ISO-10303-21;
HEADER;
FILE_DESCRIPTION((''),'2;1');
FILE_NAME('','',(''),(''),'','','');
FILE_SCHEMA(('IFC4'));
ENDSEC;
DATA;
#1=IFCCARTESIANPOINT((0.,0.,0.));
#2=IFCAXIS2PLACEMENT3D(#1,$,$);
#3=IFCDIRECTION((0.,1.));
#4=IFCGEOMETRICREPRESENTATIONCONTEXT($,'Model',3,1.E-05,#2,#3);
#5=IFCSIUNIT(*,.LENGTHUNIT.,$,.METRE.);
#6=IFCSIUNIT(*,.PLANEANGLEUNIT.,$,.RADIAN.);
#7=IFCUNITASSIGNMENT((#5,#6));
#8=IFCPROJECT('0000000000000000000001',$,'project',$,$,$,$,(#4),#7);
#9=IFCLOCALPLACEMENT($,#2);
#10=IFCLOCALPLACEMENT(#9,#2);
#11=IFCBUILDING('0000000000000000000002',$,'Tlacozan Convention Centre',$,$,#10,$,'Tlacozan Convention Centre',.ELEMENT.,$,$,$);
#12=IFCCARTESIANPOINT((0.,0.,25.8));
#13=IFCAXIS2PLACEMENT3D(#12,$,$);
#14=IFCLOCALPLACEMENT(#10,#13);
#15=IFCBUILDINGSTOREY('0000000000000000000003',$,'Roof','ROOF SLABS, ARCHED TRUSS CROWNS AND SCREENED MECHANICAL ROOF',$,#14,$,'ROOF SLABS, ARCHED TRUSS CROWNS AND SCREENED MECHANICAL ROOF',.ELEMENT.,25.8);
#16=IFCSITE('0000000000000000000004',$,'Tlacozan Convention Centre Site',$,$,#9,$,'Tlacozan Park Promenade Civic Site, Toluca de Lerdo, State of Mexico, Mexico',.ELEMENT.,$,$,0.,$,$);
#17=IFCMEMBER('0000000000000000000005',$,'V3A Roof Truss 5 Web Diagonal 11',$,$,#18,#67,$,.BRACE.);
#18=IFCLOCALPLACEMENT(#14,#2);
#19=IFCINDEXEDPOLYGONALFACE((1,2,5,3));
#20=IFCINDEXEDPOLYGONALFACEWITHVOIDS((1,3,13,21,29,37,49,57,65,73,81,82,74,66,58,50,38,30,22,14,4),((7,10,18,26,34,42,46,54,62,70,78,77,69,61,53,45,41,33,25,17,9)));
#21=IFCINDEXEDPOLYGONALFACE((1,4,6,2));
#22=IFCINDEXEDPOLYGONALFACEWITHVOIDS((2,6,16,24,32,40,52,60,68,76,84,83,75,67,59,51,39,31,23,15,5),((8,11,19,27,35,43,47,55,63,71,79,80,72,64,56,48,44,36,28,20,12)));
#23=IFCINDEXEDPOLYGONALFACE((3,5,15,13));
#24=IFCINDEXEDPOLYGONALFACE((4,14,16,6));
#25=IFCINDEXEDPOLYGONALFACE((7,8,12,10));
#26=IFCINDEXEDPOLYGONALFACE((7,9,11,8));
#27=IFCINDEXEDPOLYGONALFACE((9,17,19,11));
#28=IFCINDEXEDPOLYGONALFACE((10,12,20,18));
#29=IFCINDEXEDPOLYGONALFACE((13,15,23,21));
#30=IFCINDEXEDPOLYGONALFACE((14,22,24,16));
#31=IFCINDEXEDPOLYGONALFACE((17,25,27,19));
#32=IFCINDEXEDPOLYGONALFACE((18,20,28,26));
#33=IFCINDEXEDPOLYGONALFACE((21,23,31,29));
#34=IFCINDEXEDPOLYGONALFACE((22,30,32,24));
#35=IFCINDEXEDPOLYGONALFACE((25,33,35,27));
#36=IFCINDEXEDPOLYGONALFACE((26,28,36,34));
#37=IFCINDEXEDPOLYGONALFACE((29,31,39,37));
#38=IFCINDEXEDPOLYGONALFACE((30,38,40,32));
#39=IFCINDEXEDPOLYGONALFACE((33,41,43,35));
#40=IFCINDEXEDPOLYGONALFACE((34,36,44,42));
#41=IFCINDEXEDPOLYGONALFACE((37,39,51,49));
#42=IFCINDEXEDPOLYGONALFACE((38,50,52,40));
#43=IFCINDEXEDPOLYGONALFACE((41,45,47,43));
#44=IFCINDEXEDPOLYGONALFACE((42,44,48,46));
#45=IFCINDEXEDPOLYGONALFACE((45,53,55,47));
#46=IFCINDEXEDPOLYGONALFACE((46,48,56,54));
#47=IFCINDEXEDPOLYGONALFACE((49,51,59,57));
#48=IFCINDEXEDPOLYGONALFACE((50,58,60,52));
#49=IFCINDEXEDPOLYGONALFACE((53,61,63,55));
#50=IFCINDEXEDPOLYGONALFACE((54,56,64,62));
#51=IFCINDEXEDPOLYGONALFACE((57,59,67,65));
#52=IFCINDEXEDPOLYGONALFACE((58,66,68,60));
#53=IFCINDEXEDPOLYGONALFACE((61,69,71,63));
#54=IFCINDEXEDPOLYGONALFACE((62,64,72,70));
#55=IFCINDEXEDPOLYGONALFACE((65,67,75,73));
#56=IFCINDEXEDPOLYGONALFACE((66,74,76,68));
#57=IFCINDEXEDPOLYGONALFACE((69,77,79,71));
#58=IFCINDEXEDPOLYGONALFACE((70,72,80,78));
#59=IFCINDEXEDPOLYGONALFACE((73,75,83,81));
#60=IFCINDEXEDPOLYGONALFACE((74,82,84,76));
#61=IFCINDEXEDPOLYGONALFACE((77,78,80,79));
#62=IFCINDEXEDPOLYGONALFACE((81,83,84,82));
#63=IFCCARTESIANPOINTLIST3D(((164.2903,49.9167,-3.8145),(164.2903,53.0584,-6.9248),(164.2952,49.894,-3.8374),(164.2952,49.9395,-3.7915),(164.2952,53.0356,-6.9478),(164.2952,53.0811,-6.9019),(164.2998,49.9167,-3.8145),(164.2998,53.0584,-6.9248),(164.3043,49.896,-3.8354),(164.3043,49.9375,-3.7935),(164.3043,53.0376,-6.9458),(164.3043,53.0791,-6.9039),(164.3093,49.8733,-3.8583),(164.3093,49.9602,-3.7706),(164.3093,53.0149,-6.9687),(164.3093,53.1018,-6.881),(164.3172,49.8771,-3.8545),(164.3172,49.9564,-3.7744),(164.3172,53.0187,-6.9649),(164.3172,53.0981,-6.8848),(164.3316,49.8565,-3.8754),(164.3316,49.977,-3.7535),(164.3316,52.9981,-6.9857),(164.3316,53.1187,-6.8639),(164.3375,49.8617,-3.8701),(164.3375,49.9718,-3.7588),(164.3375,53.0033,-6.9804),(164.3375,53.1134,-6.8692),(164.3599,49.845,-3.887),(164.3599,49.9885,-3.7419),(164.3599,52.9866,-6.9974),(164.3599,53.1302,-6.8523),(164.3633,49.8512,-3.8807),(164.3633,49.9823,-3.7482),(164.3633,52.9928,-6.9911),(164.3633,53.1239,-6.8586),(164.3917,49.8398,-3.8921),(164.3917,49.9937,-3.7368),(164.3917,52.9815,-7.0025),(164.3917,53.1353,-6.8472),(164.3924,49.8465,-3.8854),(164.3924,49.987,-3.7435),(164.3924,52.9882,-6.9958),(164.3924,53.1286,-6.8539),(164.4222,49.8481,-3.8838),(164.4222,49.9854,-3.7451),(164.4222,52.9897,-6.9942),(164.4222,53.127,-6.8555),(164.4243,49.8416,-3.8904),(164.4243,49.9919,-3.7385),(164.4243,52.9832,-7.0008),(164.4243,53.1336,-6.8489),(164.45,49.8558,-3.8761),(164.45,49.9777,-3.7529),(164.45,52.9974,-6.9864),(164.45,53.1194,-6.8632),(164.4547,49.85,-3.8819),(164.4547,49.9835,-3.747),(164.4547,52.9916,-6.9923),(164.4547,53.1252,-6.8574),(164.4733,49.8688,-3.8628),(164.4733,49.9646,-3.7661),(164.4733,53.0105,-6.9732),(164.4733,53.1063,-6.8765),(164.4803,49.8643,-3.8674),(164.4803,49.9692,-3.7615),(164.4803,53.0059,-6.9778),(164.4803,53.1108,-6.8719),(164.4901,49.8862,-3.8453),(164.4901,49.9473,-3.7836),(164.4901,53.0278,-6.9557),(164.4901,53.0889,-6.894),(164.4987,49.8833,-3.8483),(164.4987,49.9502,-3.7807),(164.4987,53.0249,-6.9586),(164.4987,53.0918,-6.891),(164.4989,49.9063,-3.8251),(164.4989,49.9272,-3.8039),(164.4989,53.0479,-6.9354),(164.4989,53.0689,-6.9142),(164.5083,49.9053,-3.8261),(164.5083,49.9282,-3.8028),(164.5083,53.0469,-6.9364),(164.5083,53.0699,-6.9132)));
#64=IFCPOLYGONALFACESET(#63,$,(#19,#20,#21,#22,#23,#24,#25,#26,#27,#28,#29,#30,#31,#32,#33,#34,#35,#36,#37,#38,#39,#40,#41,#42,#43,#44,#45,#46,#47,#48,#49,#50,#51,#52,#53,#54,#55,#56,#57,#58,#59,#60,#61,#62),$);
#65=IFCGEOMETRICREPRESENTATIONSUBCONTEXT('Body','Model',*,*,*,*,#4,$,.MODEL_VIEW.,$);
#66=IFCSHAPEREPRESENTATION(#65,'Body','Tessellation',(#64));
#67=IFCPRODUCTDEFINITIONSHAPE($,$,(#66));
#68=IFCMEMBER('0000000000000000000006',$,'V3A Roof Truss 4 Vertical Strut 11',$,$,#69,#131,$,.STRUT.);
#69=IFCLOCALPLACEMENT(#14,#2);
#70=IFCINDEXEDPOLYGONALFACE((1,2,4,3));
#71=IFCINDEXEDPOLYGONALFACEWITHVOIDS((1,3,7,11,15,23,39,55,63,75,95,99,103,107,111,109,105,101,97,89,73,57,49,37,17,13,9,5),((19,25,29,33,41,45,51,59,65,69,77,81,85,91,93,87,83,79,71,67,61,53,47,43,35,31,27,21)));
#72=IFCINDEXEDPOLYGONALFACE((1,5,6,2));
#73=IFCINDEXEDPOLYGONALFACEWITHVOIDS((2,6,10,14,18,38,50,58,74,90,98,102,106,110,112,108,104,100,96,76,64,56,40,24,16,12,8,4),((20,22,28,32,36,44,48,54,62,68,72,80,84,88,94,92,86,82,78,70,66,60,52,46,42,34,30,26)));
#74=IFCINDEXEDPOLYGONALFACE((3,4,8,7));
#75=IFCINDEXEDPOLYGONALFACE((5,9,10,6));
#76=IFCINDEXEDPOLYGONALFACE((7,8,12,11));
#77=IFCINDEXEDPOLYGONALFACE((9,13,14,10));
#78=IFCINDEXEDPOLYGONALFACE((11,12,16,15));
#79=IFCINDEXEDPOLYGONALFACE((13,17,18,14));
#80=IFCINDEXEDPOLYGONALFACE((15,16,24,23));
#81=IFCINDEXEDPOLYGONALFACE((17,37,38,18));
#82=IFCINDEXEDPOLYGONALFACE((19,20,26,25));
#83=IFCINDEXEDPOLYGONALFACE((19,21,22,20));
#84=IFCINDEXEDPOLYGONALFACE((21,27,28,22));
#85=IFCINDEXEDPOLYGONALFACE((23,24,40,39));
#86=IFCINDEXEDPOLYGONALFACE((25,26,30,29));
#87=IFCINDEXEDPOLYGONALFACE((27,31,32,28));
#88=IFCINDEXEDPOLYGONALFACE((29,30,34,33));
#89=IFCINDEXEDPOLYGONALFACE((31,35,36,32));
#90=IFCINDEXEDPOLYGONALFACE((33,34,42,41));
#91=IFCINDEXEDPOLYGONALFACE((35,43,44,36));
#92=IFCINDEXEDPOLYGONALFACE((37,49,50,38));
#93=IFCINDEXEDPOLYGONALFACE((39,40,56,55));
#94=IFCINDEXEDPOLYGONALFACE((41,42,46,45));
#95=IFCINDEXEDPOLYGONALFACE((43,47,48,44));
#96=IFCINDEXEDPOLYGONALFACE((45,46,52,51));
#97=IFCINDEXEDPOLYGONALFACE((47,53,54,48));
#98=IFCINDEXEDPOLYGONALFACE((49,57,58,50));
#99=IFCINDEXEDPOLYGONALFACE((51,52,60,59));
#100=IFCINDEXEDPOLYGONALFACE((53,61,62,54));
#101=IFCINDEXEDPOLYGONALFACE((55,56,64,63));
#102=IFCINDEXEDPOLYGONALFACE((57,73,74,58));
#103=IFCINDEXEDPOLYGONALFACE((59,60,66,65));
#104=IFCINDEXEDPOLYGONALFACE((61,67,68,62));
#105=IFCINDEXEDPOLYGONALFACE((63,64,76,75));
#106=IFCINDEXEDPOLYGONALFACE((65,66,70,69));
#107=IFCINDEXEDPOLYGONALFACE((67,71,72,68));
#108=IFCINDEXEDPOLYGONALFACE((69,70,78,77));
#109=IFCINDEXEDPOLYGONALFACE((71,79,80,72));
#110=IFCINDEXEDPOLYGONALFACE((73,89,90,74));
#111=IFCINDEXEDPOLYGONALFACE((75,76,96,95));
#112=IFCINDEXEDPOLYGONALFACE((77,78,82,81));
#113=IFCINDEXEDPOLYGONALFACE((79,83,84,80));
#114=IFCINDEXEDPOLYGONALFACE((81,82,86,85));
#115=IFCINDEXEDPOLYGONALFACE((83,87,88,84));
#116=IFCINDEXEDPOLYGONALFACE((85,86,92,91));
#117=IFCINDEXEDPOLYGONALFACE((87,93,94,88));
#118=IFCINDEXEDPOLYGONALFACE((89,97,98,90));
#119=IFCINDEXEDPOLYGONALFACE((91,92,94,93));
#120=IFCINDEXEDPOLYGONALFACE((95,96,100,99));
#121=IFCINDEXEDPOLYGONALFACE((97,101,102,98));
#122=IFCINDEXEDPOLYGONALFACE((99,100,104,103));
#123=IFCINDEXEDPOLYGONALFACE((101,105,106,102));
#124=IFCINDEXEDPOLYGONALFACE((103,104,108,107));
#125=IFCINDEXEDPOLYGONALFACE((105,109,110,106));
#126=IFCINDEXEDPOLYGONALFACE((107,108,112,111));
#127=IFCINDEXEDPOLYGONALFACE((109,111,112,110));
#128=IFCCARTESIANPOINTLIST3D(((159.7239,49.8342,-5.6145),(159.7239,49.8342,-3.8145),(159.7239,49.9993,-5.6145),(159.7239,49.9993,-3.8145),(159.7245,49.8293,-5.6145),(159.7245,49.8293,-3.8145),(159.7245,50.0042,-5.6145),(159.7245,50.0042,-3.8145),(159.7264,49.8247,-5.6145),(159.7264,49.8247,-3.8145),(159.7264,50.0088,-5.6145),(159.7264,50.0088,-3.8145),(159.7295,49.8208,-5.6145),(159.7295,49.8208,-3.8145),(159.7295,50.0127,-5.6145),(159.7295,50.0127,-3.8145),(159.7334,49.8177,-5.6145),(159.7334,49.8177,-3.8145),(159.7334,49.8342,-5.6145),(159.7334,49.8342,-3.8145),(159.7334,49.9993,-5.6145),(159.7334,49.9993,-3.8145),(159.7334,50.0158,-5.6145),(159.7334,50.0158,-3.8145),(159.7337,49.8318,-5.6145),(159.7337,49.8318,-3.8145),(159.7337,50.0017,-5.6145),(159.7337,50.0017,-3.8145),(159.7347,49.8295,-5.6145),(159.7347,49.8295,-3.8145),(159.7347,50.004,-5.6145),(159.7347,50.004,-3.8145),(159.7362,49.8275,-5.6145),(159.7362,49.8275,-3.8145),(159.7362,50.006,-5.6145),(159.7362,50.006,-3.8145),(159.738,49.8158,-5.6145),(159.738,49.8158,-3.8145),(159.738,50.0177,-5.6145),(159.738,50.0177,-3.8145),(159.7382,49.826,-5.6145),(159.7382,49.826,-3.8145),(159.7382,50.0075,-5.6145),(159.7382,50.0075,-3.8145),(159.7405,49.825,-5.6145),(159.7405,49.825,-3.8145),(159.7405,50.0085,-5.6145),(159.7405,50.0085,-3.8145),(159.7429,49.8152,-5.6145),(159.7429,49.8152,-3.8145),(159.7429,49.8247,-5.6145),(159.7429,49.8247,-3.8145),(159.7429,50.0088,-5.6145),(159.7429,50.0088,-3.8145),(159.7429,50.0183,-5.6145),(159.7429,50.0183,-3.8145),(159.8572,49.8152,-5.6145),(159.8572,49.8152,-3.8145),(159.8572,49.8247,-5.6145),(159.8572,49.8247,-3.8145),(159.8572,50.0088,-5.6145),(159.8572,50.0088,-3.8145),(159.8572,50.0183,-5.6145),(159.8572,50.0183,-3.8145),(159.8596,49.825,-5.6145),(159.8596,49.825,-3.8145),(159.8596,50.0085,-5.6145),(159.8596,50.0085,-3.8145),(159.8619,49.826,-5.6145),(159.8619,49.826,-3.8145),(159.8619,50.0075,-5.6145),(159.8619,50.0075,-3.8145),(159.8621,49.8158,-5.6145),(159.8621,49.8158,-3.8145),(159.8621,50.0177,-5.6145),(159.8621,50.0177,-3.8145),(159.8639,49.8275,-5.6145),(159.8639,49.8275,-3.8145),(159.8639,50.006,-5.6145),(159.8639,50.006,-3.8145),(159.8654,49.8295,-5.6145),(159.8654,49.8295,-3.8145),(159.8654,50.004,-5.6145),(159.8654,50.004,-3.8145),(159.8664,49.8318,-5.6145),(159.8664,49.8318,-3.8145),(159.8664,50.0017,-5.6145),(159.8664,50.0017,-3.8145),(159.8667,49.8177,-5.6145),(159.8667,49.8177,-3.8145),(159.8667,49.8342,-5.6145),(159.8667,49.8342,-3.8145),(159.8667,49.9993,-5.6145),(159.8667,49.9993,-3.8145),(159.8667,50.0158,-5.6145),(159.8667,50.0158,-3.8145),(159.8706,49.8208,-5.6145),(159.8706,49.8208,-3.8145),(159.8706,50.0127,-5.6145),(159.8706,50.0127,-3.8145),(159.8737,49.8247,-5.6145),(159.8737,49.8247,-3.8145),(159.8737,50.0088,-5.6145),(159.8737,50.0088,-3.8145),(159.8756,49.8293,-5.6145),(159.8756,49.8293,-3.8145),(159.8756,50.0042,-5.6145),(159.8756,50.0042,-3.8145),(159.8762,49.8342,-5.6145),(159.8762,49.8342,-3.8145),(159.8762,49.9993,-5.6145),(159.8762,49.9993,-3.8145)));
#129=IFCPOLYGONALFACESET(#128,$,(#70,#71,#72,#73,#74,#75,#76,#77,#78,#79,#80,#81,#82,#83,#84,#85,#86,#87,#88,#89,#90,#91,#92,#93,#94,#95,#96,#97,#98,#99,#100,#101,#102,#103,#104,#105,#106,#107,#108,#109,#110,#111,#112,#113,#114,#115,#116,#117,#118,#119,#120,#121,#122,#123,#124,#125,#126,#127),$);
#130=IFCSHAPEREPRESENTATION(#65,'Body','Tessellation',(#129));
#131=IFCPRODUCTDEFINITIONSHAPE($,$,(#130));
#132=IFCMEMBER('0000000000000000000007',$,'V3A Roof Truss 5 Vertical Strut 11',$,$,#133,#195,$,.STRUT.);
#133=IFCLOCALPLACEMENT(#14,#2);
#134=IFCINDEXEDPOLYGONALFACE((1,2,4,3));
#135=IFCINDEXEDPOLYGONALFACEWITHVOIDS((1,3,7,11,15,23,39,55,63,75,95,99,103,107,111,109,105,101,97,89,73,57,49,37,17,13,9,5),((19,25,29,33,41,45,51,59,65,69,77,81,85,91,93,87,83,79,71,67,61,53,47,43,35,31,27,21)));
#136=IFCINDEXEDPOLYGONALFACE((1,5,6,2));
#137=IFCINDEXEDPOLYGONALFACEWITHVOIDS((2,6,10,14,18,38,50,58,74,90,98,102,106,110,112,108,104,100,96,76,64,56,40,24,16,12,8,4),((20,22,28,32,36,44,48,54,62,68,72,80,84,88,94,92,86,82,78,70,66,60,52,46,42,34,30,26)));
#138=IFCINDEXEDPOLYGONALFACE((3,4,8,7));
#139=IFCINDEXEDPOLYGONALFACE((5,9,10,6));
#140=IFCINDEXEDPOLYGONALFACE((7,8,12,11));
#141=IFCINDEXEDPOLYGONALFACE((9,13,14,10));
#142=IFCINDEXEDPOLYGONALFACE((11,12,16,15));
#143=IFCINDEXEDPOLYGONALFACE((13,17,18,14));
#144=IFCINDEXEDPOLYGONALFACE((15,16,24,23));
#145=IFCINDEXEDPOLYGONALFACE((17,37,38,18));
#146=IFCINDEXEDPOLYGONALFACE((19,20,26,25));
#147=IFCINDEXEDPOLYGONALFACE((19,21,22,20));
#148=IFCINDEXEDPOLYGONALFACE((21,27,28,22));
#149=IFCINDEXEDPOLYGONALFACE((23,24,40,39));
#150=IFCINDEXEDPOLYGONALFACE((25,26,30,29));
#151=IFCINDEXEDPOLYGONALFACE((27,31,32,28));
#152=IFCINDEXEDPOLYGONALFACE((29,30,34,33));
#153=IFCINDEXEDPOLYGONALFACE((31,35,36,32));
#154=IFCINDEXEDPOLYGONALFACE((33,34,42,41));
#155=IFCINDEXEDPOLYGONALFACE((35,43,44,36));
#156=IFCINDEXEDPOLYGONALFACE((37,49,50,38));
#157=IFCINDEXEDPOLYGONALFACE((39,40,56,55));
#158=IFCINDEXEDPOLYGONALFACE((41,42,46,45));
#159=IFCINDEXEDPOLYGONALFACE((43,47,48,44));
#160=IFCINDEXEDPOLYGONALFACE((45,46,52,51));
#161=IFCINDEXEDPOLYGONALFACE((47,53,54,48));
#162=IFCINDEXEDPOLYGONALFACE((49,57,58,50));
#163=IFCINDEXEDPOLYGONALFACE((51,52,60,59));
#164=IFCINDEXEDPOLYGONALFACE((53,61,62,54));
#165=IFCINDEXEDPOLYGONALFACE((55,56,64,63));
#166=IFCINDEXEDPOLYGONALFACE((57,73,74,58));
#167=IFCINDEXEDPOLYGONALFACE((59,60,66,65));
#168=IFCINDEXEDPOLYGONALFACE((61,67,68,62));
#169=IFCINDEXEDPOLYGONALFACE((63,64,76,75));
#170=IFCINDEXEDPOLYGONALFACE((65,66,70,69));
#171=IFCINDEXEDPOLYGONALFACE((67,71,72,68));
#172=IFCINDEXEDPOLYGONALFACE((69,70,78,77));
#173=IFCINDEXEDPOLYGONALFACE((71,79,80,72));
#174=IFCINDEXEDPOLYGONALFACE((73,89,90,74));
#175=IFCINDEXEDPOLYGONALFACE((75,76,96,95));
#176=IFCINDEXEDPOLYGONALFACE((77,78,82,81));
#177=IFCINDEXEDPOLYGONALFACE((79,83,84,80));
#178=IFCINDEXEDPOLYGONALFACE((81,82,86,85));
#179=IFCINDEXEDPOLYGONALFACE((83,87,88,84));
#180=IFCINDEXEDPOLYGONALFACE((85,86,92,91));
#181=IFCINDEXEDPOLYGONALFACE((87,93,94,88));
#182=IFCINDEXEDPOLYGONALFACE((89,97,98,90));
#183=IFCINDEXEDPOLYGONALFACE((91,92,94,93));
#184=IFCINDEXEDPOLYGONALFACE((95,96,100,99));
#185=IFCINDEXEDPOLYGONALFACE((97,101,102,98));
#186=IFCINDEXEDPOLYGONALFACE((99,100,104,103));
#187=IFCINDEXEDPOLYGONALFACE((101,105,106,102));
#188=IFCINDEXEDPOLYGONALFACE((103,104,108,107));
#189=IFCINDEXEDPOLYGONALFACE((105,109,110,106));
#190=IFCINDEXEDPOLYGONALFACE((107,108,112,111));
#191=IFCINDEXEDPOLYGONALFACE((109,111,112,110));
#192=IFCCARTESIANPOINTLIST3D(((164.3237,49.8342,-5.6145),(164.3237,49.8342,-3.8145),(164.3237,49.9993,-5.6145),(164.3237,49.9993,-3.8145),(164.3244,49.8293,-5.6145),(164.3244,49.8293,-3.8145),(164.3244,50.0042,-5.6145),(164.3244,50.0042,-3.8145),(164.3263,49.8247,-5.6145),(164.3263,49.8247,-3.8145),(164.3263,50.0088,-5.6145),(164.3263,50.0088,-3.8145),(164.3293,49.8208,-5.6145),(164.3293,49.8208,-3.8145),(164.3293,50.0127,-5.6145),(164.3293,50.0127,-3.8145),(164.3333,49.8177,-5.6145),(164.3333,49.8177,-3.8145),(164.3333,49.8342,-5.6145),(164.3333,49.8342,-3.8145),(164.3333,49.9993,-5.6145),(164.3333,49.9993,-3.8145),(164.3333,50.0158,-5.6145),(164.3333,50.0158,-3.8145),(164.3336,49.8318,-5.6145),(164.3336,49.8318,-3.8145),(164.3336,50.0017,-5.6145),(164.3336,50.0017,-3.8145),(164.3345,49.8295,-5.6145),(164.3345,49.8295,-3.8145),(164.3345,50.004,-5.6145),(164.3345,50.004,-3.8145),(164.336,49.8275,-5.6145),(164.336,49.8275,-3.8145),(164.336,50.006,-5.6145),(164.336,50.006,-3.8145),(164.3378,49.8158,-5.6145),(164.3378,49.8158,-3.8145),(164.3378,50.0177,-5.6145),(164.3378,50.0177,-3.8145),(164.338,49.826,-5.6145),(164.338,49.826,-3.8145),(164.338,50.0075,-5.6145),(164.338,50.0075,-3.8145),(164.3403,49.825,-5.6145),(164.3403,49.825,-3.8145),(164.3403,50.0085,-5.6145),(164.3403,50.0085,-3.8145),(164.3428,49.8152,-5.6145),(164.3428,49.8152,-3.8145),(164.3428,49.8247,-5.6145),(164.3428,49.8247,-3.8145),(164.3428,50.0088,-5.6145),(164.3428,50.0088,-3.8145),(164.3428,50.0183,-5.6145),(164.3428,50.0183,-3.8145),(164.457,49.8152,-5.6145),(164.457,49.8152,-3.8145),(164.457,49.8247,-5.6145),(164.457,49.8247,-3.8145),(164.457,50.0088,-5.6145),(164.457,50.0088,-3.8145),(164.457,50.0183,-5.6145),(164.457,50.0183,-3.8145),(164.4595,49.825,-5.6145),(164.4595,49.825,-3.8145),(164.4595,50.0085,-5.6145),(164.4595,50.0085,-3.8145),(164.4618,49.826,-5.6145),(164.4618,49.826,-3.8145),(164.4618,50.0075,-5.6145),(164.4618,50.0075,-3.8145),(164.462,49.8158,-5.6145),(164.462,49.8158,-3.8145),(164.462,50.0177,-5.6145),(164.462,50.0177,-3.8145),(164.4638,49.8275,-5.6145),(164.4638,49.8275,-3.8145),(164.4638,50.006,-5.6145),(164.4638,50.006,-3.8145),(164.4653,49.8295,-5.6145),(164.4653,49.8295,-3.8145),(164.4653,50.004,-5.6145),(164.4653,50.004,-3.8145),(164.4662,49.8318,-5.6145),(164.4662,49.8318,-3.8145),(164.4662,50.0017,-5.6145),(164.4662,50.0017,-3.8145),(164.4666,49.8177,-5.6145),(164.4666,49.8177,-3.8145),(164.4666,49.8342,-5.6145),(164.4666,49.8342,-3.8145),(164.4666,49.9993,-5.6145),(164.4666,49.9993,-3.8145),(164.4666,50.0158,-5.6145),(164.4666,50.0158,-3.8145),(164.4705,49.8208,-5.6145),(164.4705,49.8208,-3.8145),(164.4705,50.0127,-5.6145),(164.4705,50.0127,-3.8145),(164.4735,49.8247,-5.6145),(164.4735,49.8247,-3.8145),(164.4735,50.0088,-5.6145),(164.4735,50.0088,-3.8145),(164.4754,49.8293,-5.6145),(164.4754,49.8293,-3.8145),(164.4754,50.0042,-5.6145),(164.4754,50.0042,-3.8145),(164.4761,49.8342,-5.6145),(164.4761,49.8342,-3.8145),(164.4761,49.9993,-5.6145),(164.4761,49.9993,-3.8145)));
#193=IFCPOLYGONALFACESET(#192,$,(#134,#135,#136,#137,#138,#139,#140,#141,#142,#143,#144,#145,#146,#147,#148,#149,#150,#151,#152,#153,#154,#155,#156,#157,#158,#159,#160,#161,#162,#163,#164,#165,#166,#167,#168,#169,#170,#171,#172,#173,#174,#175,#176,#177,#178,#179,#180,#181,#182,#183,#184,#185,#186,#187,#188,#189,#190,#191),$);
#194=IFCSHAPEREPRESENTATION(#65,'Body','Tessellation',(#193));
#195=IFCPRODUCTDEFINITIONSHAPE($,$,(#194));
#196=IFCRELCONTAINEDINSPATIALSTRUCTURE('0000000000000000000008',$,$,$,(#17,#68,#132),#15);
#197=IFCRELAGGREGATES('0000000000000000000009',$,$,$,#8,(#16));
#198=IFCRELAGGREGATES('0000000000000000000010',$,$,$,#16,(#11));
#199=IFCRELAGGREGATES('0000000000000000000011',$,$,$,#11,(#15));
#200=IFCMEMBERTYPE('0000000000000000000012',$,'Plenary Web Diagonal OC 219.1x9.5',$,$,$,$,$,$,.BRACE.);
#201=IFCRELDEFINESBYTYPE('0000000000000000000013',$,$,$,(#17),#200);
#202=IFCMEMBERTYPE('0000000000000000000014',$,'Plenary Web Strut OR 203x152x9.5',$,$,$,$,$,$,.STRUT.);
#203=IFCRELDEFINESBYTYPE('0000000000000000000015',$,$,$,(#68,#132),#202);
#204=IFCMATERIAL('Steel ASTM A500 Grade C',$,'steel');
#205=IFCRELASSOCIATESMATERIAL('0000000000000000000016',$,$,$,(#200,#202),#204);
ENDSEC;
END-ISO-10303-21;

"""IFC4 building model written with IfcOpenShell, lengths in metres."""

from ifc_helpers import new_model, si_unit, direction, frame, origin, origin_2d, place, context, subcontext, project, spatial, hollow_rectangle, hollow_circle, extrude, material, material_profile, profile_set, type_object, element, save


model = new_model("IFC4")

# Units and contexts
model_context = context("Model", 3, precision=1e-05, world=origin(), true_north=direction((0.0, 1.0)))
body_context = subcontext(model_context, "Body", "Model", "MODEL_VIEW")
ifc_project = project(units=[si_unit("LENGTHUNIT", "METRE"), si_unit("PLANEANGLEUNIT", "RADIAN")], contexts=[model_context])

# Site, building, storey
site_placement = place(None, origin())
site = spatial("IfcSite", under=ifc_project, at=site_placement, Name="Tlacozan Convention Centre Site", LongName="Tlacozan Park Promenade Civic Site, Toluca de Lerdo, State of Mexico, Mexico", CompositionType="ELEMENT", RefElevation=0.0)
building_placement = place(site_placement, origin())
building = spatial("IfcBuilding", under=site, at=building_placement, Name="Tlacozan Convention Centre", LongName="Tlacozan Convention Centre", CompositionType="ELEMENT")
storey_placement = place(building_placement, frame((0.0, 0.0, 25.8)))
storey = spatial("IfcBuildingStorey", under=building, at=storey_placement, Name="Roof", Description="ROOF SLABS, ARCHED TRUSS CROWNS AND SCREENED MECHANICAL ROOF", LongName="ROOF SLABS, ARCHED TRUSS CROWNS AND SCREENED MECHANICAL ROOF", CompositionType="ELEMENT", Elevation=25.8)

# Members
ifc_material_1 = material(Name="Steel ASTM A500 Grade C", Category="steel")
ifc_material_profile_1 = material_profile(ifc_material_1, hollow_circle(Radius=0.1096, WallThickness=0.0095, at=origin_2d()), Name="OC 219.1x9.5")
ifc_profile_set_1 = profile_set([ifc_material_profile_1], Name="Steel ASTM A500 Grade C")
member_type_1 = type_object("IfcMemberType", Name="Plenary Web Diagonal OC 219.1x9.5", PredefinedType="BRACE", material=ifc_profile_set_1)
member_1_placement = place(storey_placement, frame((164.3999, 49.9167, -3.8145), z_axis=(0.0, 0.710632, -0.703564), x_axis=(-1.0, 0.0, 0.0)))
element("IfcMember", 1, at=member_1_placement, inside=storey, type_object=member_type_1, Name="V3A Roof Truss 5 Web Diagonal 11", PredefinedType="BRACE", context=body_context, shape_type="SweptSolid", body=[
    extrude(hollow_circle(Radius=0.1096, WallThickness=0.0095, at=origin_2d()), origin(), (0.0, 0.0, 1.0), 4.4209),
])
ifc_material_profile_2 = material_profile(ifc_material_1, hollow_rectangle(XDim=0.1523, YDim=0.2031, WallThickness=0.0095, InnerFilletRadius=0.0095, OuterFilletRadius=0.019, at=origin_2d()), Name="OR 203x152x9.5")
ifc_profile_set_2 = profile_set([ifc_material_profile_2], Name="Steel ASTM A500 Grade C")
member_type_2 = type_object("IfcMemberType", Name="Plenary Web Strut OR 203x152x9.5", PredefinedType="STRUT", material=ifc_profile_set_2)
for number, where, z_axis, x_axis, name in (
    (2, (159.8, 49.9167, -5.6145), (0.0, 0.0, 1.0), (1.0, 0.0, 0.0), "V3A Roof Truss 4 Vertical Strut 11"),
    (3, (164.3999, 49.9167, -5.6145), (0.0, 0.0, 1.0), (1.0, 0.0, 0.0), "V3A Roof Truss 5 Vertical Strut 11"),
):
    element("IfcMember", number, at=place(storey_placement, frame(where, z_axis=z_axis, x_axis=x_axis)), inside=storey, type_object=member_type_2, Name=name, PredefinedType="STRUT", context=body_context, shape_type="SweptSolid", body=[
        extrude(hollow_rectangle(XDim=0.1523, YDim=0.2031, WallThickness=0.0095, InnerFilletRadius=0.0095, OuterFilletRadius=0.019, at=origin_2d()), origin(), (0.0, 0.0, 1.0), 1.8),
    ])

save(model, "model.ifc")
